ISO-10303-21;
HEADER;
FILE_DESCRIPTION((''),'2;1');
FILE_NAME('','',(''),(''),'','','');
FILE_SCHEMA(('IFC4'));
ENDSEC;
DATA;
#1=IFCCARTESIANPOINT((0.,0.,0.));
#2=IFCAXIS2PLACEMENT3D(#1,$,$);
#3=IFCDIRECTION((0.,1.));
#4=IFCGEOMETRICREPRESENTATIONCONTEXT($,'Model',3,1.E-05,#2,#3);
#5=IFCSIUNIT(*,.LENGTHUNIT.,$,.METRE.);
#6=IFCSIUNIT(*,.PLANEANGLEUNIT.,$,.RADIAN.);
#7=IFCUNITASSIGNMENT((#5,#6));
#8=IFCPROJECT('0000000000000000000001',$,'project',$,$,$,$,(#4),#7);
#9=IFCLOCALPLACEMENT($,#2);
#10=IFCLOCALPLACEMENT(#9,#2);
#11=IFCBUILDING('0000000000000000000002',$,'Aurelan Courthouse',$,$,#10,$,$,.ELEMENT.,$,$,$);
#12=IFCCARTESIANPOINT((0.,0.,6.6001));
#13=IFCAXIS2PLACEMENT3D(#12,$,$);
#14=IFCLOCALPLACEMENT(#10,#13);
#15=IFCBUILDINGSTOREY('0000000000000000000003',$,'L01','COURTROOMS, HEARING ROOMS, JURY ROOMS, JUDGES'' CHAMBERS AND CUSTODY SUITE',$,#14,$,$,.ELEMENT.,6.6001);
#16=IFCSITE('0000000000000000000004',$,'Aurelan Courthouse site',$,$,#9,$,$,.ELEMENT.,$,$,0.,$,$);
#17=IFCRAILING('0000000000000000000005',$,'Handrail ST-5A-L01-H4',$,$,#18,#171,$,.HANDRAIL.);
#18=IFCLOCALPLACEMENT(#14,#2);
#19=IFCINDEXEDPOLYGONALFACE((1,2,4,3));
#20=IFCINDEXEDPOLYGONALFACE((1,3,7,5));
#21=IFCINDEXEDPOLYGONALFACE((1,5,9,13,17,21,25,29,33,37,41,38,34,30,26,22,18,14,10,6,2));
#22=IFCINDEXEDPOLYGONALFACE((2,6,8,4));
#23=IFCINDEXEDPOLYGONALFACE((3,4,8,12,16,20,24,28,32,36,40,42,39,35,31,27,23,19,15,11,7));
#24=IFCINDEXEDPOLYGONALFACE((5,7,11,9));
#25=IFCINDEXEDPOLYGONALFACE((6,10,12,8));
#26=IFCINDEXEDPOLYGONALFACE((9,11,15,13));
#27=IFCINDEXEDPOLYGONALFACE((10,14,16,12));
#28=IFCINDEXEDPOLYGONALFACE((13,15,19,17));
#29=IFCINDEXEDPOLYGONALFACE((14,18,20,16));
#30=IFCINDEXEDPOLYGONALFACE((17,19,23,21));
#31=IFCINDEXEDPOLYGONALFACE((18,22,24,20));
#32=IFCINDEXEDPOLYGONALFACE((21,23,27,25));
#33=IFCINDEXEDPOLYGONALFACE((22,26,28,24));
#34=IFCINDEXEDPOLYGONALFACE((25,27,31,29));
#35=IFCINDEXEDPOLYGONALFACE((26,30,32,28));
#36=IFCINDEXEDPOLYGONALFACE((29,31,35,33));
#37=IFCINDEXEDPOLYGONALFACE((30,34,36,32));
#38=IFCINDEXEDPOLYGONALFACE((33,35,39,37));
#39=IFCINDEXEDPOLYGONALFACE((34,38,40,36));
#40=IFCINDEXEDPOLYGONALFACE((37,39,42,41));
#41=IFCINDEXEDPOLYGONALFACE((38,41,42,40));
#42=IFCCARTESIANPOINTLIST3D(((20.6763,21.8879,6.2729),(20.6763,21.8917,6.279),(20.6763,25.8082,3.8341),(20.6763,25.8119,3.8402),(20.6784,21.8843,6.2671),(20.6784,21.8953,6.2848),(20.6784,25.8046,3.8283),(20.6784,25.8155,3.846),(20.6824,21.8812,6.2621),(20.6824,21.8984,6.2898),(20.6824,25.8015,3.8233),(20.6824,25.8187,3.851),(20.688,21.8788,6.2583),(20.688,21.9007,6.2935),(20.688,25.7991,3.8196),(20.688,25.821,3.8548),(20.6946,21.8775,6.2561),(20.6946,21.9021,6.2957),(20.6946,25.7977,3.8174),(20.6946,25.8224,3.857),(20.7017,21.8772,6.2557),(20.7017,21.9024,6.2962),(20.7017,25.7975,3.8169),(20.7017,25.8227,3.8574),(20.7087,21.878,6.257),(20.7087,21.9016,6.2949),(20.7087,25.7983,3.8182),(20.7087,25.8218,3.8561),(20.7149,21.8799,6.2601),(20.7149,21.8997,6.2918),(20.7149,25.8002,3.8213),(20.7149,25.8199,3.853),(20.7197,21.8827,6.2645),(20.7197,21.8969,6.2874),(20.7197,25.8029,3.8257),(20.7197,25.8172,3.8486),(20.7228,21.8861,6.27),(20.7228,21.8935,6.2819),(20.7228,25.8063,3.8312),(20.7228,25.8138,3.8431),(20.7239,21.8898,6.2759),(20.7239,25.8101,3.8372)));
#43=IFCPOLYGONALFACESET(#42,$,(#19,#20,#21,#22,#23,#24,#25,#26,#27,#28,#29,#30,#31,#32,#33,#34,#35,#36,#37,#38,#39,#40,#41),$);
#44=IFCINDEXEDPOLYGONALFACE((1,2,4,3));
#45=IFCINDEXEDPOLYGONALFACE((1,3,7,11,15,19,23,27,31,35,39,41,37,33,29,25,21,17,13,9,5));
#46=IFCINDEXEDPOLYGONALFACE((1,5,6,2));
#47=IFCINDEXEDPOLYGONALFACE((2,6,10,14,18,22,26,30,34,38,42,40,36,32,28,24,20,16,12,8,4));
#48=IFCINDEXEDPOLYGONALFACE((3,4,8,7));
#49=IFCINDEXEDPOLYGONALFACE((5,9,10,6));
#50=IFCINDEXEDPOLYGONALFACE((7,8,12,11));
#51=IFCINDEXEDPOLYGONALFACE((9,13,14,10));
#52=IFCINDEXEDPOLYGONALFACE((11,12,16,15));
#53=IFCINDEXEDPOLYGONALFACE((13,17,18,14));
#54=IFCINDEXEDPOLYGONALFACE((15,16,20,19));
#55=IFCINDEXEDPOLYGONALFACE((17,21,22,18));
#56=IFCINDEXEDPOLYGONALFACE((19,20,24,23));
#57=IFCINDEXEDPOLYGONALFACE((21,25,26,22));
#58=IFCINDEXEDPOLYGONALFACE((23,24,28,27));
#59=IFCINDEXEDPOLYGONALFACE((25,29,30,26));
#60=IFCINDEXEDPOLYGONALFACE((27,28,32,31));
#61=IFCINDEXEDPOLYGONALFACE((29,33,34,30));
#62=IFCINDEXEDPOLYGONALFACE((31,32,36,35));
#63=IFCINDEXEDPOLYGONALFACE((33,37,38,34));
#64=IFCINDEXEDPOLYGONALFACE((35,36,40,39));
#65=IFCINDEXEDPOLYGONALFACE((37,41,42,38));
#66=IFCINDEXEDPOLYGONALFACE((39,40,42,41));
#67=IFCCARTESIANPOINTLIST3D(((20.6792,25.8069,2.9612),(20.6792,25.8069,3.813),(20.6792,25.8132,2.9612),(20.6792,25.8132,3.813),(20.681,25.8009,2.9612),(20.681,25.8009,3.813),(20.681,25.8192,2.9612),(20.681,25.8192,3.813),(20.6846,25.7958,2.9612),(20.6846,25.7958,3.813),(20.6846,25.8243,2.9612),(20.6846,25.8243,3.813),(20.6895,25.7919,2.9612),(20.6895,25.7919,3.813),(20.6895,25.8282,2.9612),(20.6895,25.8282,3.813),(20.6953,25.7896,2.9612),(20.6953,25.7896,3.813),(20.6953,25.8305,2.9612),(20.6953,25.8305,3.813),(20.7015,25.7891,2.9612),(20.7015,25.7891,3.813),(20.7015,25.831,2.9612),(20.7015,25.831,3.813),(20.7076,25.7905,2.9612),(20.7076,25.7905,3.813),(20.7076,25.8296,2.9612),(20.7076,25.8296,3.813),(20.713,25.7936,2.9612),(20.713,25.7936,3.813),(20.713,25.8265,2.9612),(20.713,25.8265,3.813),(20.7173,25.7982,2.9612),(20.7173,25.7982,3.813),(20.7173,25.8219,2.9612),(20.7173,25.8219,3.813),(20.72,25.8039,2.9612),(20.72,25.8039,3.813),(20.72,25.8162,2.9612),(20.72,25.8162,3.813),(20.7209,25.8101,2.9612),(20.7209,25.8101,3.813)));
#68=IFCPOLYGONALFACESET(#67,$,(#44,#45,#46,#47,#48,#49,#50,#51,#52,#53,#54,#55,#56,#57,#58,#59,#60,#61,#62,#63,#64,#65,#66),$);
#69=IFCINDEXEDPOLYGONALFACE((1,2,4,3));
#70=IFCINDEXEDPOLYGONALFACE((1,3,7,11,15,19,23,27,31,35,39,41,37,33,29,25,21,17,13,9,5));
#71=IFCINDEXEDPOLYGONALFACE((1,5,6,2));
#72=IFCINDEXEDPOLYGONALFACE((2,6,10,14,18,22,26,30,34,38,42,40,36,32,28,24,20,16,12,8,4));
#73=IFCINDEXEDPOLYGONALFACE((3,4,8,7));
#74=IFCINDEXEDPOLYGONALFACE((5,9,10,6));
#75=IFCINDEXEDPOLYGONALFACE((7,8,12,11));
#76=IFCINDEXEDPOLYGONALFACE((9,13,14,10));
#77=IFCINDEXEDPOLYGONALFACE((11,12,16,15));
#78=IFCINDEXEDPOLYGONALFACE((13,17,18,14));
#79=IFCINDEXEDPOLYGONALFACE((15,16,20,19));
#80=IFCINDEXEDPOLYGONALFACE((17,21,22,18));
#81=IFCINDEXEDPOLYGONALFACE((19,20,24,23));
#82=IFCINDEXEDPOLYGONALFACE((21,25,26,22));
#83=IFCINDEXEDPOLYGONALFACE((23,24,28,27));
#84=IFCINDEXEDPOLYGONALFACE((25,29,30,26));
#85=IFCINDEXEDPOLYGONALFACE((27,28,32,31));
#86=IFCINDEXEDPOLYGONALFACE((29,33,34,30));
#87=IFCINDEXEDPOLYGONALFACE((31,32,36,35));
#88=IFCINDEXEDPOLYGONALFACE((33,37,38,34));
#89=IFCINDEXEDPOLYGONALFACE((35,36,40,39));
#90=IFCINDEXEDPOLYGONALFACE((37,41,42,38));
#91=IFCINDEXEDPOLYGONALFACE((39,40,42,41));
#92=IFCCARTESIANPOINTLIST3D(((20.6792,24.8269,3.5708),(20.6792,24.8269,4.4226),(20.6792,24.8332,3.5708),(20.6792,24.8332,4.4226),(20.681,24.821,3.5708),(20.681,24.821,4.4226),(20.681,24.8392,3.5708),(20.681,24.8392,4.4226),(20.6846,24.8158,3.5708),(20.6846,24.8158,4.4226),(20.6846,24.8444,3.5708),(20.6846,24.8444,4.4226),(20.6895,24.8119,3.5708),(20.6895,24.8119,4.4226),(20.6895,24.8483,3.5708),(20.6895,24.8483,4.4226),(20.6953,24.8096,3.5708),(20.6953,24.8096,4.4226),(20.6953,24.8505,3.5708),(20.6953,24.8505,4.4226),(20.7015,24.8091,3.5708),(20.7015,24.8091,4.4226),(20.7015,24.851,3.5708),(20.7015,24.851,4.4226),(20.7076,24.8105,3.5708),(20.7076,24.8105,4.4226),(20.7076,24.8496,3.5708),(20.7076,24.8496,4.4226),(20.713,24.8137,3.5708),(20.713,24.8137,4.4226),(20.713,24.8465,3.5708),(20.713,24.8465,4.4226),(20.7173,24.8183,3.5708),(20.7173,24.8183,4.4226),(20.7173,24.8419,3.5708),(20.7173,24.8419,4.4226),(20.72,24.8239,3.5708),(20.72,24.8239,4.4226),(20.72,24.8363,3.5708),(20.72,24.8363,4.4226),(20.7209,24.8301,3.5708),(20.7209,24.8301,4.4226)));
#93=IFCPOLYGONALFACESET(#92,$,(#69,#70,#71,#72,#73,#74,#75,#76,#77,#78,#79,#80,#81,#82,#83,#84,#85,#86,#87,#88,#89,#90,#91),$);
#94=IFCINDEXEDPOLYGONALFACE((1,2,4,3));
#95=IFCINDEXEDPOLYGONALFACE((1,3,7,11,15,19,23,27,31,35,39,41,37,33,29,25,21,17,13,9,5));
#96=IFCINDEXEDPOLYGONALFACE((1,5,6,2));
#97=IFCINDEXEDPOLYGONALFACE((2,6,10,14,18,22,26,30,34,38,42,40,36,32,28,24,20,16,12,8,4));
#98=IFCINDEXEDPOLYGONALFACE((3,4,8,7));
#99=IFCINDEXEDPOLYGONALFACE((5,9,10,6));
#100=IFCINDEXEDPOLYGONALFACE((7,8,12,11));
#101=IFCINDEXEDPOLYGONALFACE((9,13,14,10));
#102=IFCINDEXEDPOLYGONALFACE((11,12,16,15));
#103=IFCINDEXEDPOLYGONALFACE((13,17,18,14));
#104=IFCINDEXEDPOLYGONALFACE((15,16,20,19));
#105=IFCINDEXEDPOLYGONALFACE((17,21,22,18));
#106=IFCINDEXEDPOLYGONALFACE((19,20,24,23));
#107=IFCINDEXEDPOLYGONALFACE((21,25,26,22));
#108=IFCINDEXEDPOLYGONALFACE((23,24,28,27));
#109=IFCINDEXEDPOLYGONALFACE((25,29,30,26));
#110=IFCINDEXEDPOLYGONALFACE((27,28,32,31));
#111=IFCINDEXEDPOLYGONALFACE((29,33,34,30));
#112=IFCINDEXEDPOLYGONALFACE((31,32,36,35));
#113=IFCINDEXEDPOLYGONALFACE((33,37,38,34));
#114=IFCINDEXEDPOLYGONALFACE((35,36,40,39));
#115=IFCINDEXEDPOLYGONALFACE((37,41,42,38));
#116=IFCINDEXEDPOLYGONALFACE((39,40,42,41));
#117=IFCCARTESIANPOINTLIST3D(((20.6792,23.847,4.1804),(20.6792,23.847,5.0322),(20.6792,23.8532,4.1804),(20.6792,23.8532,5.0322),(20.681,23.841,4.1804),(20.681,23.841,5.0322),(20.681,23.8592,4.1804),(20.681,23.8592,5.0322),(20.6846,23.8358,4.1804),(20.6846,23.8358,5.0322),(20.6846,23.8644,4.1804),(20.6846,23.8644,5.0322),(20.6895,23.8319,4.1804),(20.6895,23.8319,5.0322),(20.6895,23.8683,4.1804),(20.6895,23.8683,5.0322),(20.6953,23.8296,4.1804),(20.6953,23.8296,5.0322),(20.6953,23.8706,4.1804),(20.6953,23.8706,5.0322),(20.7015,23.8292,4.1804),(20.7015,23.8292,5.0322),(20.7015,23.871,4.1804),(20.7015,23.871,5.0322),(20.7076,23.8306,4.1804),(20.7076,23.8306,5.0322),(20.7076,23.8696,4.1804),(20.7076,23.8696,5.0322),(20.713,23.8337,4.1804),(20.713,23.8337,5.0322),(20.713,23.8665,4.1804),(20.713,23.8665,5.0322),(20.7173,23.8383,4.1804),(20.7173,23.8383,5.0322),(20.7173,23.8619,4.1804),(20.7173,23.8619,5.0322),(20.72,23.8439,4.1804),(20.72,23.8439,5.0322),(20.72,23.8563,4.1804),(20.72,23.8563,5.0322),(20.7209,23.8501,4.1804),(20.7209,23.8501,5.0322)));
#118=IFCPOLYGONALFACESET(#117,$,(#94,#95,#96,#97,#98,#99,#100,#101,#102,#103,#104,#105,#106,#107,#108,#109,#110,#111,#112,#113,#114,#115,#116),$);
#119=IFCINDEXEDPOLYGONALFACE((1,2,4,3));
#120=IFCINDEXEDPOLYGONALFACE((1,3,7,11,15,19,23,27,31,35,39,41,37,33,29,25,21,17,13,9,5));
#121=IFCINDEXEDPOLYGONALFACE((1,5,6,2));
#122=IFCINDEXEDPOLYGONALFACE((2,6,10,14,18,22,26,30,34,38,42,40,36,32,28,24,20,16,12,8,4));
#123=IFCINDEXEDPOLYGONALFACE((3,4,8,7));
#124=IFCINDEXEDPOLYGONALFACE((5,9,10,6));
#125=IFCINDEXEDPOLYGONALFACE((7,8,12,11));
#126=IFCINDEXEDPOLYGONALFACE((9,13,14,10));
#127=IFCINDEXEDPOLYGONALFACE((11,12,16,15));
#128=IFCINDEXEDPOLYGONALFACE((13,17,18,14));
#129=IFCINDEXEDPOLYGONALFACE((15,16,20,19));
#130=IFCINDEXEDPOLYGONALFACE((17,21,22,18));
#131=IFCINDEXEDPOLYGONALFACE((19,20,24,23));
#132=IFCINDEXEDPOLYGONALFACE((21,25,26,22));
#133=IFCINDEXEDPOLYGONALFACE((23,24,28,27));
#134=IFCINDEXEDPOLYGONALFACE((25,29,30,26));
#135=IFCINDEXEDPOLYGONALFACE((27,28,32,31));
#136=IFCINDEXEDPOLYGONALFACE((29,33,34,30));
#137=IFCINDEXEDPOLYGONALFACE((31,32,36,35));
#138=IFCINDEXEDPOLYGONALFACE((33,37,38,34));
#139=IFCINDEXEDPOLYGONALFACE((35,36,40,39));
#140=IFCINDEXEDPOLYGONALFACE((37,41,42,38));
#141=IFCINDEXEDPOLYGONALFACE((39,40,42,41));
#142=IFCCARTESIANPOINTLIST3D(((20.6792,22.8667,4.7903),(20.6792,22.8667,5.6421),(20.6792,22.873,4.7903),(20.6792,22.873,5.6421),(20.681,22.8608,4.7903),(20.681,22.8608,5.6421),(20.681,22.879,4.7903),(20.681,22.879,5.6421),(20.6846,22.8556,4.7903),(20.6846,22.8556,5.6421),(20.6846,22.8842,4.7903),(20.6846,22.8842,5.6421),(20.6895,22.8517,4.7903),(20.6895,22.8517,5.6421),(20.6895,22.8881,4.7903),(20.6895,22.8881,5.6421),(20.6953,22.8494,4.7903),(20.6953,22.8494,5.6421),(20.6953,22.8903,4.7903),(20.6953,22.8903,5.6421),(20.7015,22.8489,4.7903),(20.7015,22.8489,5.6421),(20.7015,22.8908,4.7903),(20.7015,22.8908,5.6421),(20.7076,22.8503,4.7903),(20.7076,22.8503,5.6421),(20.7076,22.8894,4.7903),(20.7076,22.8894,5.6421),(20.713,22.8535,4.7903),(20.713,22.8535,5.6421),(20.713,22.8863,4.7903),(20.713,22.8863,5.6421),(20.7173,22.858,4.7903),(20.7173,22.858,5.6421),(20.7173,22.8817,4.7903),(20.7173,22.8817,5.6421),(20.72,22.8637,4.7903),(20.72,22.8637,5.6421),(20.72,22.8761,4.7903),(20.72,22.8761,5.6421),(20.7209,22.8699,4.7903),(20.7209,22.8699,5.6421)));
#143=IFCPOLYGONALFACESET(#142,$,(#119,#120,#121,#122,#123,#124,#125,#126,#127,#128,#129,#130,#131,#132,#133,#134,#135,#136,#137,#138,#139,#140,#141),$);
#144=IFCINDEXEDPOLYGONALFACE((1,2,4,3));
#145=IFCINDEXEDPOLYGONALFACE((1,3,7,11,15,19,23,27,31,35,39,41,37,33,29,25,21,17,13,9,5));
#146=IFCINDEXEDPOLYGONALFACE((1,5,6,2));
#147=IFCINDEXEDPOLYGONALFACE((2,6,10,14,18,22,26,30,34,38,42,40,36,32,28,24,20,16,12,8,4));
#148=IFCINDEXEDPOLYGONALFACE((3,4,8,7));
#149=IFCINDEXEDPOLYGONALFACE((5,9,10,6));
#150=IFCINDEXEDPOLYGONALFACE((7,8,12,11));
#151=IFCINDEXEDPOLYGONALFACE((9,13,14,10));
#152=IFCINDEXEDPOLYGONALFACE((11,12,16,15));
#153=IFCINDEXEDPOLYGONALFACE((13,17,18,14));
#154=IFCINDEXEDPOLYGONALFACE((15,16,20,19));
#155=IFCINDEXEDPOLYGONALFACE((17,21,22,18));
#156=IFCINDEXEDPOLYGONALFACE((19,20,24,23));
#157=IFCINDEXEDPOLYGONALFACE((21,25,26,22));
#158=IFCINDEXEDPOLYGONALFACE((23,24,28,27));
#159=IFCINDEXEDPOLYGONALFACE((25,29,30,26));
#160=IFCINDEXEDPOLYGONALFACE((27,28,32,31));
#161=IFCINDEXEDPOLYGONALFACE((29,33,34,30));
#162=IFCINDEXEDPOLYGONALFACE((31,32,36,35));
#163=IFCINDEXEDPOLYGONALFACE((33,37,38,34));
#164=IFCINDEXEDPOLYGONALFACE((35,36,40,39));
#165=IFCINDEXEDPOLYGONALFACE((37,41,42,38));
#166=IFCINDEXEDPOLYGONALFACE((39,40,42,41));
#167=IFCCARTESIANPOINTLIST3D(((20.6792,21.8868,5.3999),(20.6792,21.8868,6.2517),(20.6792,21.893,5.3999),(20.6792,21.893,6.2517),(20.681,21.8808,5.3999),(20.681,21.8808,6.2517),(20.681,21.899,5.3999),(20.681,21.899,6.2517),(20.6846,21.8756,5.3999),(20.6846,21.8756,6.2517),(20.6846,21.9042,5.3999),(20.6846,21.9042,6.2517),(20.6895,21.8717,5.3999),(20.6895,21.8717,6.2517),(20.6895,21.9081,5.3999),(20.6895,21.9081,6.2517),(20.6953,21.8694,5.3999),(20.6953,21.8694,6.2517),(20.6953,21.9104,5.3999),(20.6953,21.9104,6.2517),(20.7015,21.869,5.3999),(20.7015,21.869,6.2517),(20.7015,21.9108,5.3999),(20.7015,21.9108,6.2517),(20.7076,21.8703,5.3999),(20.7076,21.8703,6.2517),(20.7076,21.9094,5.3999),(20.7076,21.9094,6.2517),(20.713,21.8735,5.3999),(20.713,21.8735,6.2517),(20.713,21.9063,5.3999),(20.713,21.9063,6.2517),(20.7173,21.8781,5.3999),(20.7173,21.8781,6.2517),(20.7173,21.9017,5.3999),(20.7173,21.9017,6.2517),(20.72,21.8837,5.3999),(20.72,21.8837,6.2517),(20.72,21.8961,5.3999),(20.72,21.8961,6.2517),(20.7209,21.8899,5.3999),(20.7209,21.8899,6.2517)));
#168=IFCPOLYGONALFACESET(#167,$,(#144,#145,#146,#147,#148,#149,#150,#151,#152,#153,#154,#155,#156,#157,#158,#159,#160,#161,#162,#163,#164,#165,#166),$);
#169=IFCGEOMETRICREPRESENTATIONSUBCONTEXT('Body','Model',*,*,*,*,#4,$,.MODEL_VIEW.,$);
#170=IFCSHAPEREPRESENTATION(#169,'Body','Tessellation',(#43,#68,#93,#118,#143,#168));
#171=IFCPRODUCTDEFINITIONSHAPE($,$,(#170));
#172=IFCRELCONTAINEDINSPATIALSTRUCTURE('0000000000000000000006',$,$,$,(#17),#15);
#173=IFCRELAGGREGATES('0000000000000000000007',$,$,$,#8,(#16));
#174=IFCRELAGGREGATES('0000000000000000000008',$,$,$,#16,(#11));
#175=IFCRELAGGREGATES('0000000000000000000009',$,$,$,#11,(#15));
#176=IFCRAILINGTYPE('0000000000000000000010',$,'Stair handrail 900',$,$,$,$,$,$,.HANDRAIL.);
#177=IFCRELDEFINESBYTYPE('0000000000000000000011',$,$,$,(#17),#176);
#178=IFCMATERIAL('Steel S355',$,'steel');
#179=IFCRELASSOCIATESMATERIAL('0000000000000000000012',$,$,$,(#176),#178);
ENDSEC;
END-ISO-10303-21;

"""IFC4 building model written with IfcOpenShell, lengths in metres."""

from ifc_helpers import new_model, si_unit, direction, frame, origin, origin_2d, place, context, subcontext, project, spatial, circle, extrude, material, type_object, element, save


model = new_model("IFC4")

# Units and contexts
model_context = context("Model", 3, precision=1e-05, world=origin(), true_north=direction((0.0, 1.0)))
body_context = subcontext(model_context, "Body", "Model", "MODEL_VIEW")
ifc_project = project(units=[si_unit("LENGTHUNIT", "METRE"), si_unit("PLANEANGLEUNIT", "RADIAN")], contexts=[model_context])

# Site, building, storey
site_placement = place(None, origin())
site = spatial("IfcSite", under=ifc_project, at=site_placement, Name="Aurelan Courthouse site", CompositionType="ELEMENT", RefElevation=0.0)
building_placement = place(site_placement, origin())
building = spatial("IfcBuilding", under=site, at=building_placement, Name="Aurelan Courthouse", CompositionType="ELEMENT")
storey_placement = place(building_placement, frame((0.0, 0.0, 6.6001)))
storey = spatial("IfcBuildingStorey", under=building, at=storey_placement, Name="L01", Description="COURTROOMS, HEARING ROOMS, JURY ROOMS, JUDGES' CHAMBERS AND CUSTODY SUITE", CompositionType="ELEMENT", Elevation=6.6001)

# Shared definitions
ifc_material_1 = material(Name="Steel S355", Category="steel")

# Railing
railing_type_1 = type_object("IfcRailingType", Name="Stair handrail 900", PredefinedType="HANDRAIL", material=ifc_material_1)
for number, where, name in (
    (1, (20.7, 25.8101, 2.9612), "Handrail ST-5A-L01-H4"),
):
    element("IfcRailing", number, at=place(storey_placement, frame(where)), inside=storey, type_object=railing_type_1, Name=name, PredefinedType="HANDRAIL", context=body_context, shape_type="SweptSolid", body=[
        extrude(circle(Radius=0.0239, at=origin_2d()), frame((0.0, 0.0, 0.876), z_axis=(0.0, -0.849105, 0.528225), x_axis=(1.0, 0.0, 0.0)), (0.0, 0.0, 1.0), 4.6169),
        extrude(circle(Radius=0.021, at=origin_2d()), origin(), (0.0, 0.0, 1.0), 0.8518),
        extrude(circle(Radius=0.021, at=origin_2d()), frame((0.0, -0.98, 0.6096)), (0.0, 0.0, 1.0), 0.8518),
        extrude(circle(Radius=0.021, at=origin_2d()), frame((0.0, -1.96, 1.2192)), (0.0, 0.0, 1.0), 0.8518),
        extrude(circle(Radius=0.021, at=origin_2d()), frame((0.0, -2.9402, 1.8291)), (0.0, 0.0, 1.0), 0.8518),
        extrude(circle(Radius=0.021, at=origin_2d()), frame((0.0, -3.9202, 2.4387)), (0.0, 0.0, 1.0), 0.8518),
    ])

save(model, "model.ifc")
